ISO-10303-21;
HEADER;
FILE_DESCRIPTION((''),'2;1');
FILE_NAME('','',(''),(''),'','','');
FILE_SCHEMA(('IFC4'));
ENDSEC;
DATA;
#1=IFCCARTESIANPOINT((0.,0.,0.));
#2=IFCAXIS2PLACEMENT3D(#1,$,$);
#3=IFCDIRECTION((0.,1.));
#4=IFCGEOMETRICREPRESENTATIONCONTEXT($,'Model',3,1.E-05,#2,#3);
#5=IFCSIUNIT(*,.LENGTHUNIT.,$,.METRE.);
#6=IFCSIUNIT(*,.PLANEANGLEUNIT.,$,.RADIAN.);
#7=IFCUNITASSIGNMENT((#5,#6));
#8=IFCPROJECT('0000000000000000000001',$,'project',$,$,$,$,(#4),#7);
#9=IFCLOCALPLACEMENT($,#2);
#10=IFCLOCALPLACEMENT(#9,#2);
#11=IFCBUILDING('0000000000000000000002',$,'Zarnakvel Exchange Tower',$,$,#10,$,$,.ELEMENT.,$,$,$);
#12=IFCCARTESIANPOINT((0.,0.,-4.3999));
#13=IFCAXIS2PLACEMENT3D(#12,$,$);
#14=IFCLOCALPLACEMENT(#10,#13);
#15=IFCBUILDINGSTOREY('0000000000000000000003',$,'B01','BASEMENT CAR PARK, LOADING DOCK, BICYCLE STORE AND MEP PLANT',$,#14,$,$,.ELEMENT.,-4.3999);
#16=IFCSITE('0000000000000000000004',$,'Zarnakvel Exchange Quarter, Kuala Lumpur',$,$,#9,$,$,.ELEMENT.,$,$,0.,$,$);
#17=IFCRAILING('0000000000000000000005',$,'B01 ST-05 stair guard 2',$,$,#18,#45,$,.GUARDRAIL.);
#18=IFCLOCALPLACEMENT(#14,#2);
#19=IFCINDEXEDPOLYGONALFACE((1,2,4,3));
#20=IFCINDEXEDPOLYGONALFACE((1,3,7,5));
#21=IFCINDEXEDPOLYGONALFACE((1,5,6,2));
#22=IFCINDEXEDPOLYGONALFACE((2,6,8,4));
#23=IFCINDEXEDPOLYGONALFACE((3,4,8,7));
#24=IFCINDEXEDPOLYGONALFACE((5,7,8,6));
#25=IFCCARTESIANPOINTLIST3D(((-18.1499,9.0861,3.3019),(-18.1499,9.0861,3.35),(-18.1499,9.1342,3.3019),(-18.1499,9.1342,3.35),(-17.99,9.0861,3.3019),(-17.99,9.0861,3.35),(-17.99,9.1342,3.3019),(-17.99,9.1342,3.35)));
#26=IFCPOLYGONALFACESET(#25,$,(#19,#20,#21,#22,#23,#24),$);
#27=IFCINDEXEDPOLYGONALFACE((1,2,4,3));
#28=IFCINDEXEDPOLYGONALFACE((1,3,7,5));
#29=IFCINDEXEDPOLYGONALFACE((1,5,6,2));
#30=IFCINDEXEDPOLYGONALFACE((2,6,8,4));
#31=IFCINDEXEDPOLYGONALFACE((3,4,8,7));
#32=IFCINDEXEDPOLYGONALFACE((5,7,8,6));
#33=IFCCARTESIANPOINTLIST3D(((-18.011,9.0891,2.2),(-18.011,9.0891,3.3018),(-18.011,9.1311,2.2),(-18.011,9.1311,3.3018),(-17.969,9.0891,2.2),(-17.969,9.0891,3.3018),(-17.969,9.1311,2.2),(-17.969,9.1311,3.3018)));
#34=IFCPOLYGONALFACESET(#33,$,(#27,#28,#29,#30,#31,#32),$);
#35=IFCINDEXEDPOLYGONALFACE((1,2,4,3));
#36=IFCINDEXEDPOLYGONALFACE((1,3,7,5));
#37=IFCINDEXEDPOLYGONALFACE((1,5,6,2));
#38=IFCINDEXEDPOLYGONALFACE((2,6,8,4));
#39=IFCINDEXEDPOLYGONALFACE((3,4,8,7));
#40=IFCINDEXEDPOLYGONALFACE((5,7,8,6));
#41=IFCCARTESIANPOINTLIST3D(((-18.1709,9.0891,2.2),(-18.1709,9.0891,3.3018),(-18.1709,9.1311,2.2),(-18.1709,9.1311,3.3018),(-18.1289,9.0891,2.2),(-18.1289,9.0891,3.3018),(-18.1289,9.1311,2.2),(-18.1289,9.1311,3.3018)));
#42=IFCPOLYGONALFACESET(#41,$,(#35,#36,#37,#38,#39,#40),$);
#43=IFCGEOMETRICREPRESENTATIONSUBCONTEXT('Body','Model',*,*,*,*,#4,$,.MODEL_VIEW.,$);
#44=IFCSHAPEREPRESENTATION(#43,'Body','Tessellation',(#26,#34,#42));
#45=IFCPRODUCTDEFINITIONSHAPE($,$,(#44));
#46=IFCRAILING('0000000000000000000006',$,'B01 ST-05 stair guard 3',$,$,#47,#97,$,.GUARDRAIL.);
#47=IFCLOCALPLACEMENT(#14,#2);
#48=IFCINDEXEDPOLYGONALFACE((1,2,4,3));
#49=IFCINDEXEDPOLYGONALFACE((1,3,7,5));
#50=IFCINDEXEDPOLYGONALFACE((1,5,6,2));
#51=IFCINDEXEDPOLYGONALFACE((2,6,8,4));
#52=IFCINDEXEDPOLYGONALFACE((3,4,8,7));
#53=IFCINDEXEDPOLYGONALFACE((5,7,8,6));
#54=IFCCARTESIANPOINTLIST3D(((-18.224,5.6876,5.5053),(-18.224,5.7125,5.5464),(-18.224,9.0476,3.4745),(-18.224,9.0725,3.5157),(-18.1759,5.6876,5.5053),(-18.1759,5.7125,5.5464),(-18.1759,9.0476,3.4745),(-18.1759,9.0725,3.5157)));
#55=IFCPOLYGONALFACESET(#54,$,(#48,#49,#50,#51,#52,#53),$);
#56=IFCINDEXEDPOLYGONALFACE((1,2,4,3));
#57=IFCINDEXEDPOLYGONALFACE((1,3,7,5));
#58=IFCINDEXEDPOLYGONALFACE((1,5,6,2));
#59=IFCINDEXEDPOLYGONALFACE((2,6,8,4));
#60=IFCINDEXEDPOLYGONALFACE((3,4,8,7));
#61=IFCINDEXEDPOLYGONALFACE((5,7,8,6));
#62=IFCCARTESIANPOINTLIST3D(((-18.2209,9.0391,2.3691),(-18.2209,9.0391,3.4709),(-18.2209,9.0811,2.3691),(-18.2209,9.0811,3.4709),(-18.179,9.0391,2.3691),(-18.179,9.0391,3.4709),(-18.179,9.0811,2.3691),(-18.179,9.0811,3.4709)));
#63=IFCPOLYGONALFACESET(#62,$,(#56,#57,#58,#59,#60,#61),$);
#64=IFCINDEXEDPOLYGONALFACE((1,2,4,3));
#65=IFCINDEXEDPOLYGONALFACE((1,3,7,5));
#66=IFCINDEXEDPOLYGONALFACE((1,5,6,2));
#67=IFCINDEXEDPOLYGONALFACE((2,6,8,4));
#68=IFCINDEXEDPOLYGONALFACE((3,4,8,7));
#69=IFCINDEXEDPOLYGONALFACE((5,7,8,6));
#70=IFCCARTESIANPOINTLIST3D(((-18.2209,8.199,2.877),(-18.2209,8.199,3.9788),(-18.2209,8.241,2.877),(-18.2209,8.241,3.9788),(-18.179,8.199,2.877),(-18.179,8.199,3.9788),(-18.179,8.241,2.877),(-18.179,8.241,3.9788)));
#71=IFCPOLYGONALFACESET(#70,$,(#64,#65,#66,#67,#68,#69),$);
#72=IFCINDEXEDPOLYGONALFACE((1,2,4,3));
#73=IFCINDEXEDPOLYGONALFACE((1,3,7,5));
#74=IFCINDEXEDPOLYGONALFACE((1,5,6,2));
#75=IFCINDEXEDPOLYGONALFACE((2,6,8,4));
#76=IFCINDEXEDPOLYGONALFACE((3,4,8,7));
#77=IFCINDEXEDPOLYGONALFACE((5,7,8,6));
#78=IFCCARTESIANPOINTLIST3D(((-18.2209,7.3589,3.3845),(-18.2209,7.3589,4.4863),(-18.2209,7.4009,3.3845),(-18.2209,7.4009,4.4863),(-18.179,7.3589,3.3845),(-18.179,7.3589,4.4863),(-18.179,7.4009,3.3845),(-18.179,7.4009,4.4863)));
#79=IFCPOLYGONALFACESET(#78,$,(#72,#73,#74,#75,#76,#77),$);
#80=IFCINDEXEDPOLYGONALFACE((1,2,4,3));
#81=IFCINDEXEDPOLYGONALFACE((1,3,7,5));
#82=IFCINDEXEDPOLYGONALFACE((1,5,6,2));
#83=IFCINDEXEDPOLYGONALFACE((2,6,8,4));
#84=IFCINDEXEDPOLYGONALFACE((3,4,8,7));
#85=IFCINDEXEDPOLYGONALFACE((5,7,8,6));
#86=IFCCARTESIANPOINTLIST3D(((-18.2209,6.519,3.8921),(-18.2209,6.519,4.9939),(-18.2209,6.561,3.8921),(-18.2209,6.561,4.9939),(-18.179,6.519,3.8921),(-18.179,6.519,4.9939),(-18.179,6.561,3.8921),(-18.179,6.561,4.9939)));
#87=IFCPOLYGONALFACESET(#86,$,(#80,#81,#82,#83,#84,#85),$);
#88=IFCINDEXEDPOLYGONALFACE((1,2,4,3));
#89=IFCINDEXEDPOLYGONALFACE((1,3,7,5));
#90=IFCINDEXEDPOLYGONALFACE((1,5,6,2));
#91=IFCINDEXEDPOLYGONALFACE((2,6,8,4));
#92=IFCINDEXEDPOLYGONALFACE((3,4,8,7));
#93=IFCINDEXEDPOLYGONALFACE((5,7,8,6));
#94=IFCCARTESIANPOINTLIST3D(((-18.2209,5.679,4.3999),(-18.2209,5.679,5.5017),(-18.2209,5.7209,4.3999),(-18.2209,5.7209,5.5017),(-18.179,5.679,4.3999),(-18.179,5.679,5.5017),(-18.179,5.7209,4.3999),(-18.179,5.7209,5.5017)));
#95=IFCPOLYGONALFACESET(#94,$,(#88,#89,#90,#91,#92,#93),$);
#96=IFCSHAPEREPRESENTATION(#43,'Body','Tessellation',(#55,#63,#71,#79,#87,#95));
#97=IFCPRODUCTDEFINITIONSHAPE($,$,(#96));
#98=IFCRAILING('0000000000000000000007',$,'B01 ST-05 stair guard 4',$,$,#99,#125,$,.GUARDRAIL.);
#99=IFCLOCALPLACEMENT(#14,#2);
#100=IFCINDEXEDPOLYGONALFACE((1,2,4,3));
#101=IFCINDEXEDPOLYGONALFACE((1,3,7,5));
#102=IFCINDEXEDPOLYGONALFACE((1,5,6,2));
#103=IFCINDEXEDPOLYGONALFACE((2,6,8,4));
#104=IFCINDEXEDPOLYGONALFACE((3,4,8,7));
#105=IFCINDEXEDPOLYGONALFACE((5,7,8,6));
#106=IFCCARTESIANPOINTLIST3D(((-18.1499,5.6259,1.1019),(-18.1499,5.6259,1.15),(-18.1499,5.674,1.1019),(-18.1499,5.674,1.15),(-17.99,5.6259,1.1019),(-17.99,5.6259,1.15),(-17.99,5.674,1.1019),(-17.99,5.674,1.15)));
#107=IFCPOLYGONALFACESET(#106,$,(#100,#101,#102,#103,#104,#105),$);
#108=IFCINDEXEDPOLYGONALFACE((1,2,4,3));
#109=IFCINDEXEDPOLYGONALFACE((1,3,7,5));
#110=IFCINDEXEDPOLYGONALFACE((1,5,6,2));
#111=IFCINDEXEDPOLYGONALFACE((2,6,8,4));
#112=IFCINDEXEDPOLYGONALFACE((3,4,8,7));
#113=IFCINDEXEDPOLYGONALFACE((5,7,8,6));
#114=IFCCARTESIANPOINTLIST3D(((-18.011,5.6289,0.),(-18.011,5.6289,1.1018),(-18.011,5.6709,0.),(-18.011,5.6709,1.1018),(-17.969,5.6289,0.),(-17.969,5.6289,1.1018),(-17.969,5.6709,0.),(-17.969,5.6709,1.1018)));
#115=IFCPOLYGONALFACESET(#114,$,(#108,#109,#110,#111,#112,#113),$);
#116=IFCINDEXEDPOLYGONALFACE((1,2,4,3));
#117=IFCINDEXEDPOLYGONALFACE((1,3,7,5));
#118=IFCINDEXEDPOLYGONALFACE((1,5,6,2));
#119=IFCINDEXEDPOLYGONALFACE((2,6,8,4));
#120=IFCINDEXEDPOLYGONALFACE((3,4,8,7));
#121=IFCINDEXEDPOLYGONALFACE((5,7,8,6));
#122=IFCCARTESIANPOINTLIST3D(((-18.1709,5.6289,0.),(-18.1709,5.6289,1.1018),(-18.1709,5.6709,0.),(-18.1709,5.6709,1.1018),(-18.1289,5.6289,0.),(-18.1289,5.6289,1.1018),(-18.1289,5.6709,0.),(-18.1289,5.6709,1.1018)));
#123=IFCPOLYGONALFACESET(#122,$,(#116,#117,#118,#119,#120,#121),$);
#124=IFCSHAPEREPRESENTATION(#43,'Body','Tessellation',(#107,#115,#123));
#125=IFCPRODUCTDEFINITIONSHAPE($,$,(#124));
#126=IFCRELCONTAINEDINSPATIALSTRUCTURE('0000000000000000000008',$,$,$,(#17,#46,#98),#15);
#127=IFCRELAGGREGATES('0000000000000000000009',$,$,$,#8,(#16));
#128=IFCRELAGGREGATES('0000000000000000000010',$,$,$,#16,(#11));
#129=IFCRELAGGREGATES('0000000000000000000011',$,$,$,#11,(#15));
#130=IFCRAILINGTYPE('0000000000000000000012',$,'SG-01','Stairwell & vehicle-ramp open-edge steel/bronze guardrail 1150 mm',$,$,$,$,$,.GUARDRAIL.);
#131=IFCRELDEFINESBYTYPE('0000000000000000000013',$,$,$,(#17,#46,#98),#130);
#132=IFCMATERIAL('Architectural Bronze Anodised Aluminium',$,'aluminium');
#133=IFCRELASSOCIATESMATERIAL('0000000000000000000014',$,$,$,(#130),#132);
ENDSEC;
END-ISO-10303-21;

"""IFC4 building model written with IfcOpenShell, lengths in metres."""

from ifc_helpers import new_model, si_unit, direction, frame, origin, origin_2d, place, context, subcontext, project, spatial, rectangle, extrude, material, type_object, element, save


model = new_model("IFC4")

# Units and contexts
model_context = context("Model", 3, precision=1e-05, world=origin(), true_north=direction((0.0, 1.0)))
body_context = subcontext(model_context, "Body", "Model", "MODEL_VIEW")
ifc_project = project(units=[si_unit("LENGTHUNIT", "METRE"), si_unit("PLANEANGLEUNIT", "RADIAN")], contexts=[model_context])

# Site, building, storey
site_placement = place(None, origin())
site = spatial("IfcSite", under=ifc_project, at=site_placement, Name="Zarnakvel Exchange Quarter, Kuala Lumpur", CompositionType="ELEMENT", RefElevation=0.0)
building_placement = place(site_placement, origin())
building = spatial("IfcBuilding", under=site, at=building_placement, Name="Zarnakvel Exchange Tower", CompositionType="ELEMENT")
storey_placement = place(building_placement, frame((0.0, 0.0, -4.3999)))
storey = spatial("IfcBuildingStorey", under=building, at=storey_placement, Name="B01", Description="BASEMENT CAR PARK, LOADING DOCK, BICYCLE STORE AND MEP PLANT", CompositionType="ELEMENT", Elevation=-4.3999)

# Railings
ifc_material_1 = material(Name="Architectural Bronze Anodised Aluminium", Category="aluminium")
railing_type_1 = type_object("IfcRailingType", Name="SG-01", Description="Stairwell & vehicle-ramp open-edge steel/bronze guardrail 1150 mm", PredefinedType="GUARDRAIL", material=ifc_material_1)
railing_1_placement = place(storey_placement, frame((-17.99, 9.1101, 2.2)))
element("IfcRailing", 1, at=railing_1_placement, inside=storey, type_object=railing_type_1, Name="B01 ST-05 stair guard 2", PredefinedType="GUARDRAIL", context=body_context, shape_type="SweptSolid", body=[
    extrude(rectangle(XDim=0.0481, YDim=0.0481, at=origin_2d()), frame((0.0, 0.0, 1.126), z_axis=(-1.0, 0.0, 0.0), x_axis=(0.0, -1.0, 0.0)), (0.0, 0.0, 1.0), 0.1599),
    extrude(rectangle(XDim=0.042, YDim=0.042, at=origin_2d()), origin(), (0.0, 0.0, 1.0), 1.1018),
    extrude(rectangle(XDim=0.042, YDim=0.042, at=origin_2d()), frame((-0.1599, 0.0, 0.0)), (0.0, 0.0, 1.0), 1.1018),
])
railing_2_placement = place(storey_placement, frame((-18.2, 9.0601, 2.3691)))
element("IfcRailing", 2, at=railing_2_placement, inside=storey, type_object=railing_type_1, Name="B01 ST-05 stair guard 3", PredefinedType="GUARDRAIL", context=body_context, shape_type="SweptSolid", body=[
    extrude(rectangle(XDim=0.0481, YDim=0.0481, at=origin_2d()), frame((0.0, 0.0, 1.126), z_axis=(0.0, -0.855837, 0.517246), x_axis=(1.0, 0.0, 0.0)), (0.0, 0.0, 1.0), 3.926),
    extrude(rectangle(XDim=0.042, YDim=0.042, at=origin_2d()), origin(), (0.0, 0.0, 1.0), 1.1018),
    extrude(rectangle(XDim=0.042, YDim=0.042, at=origin_2d()), frame((0.0, -0.8401, 0.5078)), (0.0, 0.0, 1.0), 1.1018),
    extrude(rectangle(XDim=0.042, YDim=0.042, at=origin_2d()), frame((0.0, -1.6802, 1.0154)), (0.0, 0.0, 1.0), 1.1018),
    extrude(rectangle(XDim=0.042, YDim=0.042, at=origin_2d()), frame((0.0, -2.52, 1.5229)), (0.0, 0.0, 1.0), 1.1018),
    extrude(rectangle(XDim=0.042, YDim=0.042, at=origin_2d()), frame((0.0, -3.3601, 2.0308)), (0.0, 0.0, 1.0), 1.1018),
])
railing_3_placement = place(storey_placement, frame((-17.99, 5.6499, 0.0)))
element("IfcRailing", 3, at=railing_3_placement, inside=storey, type_object=railing_type_1, Name="B01 ST-05 stair guard 4", PredefinedType="GUARDRAIL", context=body_context, shape_type="SweptSolid", body=[
    extrude(rectangle(XDim=0.0481, YDim=0.0481, at=origin_2d()), frame((0.0, 0.0, 1.126), z_axis=(-1.0, 0.0, 0.0), x_axis=(0.0, -1.0, 0.0)), (0.0, 0.0, 1.0), 0.1599),
    extrude(rectangle(XDim=0.042, YDim=0.042, at=origin_2d()), origin(), (0.0, 0.0, 1.0), 1.1018),
    extrude(rectangle(XDim=0.042, YDim=0.042, at=origin_2d()), frame((-0.1599, 0.0, 0.0)), (0.0, 0.0, 1.0), 1.1018),
])

save(model, "model.ifc")
